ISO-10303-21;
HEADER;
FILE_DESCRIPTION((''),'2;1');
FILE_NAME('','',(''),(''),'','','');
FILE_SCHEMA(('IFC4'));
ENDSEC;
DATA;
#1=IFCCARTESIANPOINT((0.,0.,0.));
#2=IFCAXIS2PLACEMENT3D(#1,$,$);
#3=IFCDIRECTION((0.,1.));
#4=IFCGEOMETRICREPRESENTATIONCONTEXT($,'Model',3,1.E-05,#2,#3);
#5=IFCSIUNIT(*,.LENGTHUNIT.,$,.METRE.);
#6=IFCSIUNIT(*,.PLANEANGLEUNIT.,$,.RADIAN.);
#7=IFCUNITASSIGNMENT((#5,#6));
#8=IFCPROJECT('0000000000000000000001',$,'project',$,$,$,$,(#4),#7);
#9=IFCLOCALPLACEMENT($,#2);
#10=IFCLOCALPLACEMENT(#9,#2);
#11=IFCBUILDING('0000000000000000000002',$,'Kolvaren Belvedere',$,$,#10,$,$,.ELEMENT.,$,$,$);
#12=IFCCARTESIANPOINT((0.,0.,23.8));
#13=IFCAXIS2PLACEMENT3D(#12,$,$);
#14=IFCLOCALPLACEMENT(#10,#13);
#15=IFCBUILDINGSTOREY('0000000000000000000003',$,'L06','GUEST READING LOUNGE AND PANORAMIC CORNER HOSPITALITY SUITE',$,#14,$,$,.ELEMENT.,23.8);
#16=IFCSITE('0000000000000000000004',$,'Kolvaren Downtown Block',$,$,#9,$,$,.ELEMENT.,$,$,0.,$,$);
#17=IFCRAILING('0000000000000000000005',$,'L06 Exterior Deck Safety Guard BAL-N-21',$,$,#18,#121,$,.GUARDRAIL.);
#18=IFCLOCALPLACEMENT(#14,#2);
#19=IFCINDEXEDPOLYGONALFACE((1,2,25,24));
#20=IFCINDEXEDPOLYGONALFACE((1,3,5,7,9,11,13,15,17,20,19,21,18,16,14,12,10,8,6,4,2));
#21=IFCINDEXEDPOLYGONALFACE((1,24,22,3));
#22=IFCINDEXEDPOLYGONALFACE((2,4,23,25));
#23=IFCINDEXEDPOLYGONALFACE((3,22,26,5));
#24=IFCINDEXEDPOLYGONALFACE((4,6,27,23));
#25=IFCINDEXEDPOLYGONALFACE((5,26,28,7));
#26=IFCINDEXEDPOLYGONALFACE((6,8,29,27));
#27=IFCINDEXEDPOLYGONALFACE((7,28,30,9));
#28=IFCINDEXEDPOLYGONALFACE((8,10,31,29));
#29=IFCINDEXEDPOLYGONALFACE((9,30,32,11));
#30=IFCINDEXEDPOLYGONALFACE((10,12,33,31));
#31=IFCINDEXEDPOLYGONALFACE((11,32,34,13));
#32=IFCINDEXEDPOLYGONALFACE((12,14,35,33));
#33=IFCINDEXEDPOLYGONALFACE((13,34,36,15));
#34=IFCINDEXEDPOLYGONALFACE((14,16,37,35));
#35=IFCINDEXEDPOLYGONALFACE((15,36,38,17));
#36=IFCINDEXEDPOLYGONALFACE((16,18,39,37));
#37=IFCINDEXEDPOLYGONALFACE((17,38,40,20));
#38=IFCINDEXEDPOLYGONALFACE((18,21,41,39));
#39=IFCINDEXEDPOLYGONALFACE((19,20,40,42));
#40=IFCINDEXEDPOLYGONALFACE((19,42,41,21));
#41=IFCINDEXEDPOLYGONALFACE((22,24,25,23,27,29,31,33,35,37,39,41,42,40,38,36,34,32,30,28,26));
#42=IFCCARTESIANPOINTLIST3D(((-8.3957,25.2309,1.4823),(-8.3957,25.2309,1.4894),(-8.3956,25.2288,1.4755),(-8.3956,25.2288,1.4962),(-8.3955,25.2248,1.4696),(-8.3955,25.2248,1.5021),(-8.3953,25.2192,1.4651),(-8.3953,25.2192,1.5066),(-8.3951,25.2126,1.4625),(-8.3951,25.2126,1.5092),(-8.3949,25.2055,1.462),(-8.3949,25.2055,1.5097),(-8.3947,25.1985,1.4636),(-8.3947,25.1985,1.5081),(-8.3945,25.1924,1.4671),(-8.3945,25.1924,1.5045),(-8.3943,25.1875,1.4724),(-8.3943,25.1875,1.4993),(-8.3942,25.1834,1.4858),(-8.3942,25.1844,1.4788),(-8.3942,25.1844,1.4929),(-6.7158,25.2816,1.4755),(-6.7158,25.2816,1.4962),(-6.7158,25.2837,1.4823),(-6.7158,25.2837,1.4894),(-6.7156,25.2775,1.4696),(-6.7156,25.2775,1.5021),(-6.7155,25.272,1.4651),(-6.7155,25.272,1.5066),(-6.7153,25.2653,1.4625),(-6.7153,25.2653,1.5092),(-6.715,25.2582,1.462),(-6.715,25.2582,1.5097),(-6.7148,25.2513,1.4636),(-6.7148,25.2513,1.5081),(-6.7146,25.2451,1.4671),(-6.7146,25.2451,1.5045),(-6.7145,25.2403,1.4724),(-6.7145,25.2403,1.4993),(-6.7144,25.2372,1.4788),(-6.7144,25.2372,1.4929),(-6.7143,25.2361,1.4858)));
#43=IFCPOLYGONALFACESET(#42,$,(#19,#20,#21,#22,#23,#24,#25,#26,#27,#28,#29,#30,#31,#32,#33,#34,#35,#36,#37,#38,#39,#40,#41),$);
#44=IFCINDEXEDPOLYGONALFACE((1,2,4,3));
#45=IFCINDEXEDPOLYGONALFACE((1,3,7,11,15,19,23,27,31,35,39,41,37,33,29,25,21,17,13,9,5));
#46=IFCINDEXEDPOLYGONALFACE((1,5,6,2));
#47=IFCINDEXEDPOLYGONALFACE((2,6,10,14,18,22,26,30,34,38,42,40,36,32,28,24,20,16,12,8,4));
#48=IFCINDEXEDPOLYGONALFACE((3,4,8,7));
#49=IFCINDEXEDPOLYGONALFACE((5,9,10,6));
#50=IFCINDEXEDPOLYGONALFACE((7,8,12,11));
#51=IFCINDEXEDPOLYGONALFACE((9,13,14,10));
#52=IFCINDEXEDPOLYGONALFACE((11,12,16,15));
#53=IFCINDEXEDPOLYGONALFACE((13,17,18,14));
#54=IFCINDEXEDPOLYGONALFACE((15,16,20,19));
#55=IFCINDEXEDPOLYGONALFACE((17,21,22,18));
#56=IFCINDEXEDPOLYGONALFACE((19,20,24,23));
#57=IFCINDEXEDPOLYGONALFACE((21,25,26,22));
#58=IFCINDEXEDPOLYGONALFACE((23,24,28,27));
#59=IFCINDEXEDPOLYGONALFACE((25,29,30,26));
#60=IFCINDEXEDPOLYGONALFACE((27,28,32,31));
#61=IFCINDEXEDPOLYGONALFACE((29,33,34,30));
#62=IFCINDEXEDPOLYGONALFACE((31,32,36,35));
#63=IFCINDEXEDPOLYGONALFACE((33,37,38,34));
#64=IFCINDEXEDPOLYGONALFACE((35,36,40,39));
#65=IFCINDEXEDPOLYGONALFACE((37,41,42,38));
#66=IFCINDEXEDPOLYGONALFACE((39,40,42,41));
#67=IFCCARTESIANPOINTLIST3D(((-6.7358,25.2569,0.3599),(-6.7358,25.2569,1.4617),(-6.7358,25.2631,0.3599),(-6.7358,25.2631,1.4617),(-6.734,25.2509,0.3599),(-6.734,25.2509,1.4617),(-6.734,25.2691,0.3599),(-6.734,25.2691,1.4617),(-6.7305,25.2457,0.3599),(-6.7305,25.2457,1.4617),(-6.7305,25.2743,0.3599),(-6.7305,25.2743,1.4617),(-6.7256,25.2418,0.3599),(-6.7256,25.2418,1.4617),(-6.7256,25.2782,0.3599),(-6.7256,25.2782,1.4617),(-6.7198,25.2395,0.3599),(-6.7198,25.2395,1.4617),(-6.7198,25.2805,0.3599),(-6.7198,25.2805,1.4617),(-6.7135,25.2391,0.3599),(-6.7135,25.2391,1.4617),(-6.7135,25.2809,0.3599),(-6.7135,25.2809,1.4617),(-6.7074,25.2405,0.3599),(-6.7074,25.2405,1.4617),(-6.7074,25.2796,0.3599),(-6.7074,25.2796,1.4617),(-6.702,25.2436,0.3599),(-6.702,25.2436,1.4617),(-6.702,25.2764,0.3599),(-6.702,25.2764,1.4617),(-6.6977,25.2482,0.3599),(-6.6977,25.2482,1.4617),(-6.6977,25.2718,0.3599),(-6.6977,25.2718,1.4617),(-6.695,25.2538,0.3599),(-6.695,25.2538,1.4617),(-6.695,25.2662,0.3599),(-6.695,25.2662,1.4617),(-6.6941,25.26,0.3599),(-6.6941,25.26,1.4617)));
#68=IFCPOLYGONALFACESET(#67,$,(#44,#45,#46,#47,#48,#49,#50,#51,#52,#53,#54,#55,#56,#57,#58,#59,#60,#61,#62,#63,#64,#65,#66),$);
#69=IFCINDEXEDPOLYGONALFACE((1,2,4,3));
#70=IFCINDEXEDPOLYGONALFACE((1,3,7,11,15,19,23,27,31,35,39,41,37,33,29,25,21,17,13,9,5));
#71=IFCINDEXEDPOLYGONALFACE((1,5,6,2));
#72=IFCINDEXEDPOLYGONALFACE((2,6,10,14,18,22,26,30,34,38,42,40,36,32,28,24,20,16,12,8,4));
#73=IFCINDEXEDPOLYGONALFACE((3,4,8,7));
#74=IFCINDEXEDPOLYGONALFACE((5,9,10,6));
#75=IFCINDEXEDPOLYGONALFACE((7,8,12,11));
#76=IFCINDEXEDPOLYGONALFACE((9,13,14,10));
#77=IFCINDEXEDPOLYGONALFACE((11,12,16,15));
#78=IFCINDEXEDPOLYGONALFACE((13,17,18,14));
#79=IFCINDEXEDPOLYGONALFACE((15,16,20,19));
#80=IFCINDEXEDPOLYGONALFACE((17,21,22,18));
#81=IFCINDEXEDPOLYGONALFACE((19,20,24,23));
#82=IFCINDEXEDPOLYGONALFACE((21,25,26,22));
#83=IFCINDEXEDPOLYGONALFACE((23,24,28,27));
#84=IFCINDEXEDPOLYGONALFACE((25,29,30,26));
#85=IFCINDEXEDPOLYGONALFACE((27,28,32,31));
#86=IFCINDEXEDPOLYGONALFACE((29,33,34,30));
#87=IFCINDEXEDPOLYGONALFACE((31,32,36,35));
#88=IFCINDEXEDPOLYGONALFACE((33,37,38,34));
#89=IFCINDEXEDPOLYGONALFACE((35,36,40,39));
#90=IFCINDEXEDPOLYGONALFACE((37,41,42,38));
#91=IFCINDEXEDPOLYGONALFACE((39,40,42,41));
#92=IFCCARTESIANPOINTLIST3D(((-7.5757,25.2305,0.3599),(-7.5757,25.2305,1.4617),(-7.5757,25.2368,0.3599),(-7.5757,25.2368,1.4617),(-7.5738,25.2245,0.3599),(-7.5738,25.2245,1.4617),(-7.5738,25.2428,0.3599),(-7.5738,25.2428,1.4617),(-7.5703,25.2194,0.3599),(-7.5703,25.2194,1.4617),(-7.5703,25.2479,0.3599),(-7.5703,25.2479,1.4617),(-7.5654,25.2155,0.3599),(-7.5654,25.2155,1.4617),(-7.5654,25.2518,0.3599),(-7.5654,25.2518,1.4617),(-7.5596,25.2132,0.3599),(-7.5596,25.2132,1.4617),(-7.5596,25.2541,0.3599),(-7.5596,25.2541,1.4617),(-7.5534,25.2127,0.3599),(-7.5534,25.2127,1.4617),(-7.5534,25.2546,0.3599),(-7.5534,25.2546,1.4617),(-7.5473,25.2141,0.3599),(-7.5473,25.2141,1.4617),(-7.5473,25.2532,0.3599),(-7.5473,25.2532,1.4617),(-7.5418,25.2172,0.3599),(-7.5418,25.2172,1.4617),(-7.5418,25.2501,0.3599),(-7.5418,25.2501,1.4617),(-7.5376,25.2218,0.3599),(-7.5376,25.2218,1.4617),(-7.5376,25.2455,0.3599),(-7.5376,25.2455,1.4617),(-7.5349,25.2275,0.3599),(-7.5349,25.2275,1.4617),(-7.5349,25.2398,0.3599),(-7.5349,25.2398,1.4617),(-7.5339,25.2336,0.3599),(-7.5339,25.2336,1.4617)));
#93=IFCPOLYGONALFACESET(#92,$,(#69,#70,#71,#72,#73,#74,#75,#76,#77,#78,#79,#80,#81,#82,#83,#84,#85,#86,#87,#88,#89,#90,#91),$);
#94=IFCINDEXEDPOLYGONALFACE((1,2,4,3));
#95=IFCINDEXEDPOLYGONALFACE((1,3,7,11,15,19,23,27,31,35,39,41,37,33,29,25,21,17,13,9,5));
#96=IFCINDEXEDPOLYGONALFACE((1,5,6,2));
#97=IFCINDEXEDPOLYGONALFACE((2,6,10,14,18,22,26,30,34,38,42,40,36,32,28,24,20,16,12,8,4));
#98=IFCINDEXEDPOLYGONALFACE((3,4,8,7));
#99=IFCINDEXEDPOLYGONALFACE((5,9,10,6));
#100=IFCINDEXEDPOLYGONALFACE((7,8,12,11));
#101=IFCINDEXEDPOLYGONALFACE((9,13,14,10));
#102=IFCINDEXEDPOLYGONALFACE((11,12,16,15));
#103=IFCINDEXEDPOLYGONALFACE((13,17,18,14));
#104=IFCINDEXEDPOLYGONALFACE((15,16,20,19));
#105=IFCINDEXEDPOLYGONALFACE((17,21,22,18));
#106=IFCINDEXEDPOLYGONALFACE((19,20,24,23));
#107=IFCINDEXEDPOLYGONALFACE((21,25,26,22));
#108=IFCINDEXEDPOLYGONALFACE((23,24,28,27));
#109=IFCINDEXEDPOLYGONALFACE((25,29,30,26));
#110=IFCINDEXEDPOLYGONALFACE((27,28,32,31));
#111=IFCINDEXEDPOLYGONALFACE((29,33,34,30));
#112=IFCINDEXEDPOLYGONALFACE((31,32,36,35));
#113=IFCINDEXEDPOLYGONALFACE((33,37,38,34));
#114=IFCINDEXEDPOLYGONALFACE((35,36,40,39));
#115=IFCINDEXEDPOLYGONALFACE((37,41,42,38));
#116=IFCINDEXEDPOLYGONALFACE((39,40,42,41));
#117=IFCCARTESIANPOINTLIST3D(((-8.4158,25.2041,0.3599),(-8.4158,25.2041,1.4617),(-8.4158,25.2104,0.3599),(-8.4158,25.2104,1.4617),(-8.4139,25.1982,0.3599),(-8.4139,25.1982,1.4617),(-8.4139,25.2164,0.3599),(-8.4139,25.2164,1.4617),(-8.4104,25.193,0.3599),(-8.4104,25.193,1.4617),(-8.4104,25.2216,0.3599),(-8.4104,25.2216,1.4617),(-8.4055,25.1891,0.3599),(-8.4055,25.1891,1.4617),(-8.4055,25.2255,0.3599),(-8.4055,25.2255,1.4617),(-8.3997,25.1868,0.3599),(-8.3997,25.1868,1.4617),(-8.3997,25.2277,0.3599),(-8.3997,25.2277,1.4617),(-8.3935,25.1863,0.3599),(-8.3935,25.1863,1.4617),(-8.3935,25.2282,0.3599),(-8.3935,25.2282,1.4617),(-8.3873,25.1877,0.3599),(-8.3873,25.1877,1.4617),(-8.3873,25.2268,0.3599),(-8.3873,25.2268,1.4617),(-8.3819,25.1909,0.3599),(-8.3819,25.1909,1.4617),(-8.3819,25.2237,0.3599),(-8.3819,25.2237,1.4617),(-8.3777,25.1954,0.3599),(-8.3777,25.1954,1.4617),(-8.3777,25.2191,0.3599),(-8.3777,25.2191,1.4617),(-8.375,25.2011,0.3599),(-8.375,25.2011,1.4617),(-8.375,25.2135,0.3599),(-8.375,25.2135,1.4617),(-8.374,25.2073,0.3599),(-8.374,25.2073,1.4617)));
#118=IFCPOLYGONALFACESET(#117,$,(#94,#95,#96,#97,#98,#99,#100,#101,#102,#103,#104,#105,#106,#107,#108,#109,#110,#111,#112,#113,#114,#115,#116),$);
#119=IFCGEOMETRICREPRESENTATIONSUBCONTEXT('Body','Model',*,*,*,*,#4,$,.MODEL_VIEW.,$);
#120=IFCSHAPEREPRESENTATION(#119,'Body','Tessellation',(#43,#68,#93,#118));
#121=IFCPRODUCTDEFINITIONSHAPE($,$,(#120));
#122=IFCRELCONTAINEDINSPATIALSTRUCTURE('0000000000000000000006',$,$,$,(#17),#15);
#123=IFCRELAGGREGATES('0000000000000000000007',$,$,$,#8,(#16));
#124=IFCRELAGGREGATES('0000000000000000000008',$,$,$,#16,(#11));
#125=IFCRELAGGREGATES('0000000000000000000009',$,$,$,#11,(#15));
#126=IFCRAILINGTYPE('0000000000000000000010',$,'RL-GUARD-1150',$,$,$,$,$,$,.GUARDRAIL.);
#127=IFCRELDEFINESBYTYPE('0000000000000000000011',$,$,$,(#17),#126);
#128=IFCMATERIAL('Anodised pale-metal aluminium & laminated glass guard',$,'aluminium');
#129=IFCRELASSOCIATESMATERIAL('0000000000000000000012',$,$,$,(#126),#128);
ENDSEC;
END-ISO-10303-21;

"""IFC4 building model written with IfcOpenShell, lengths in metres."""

from ifc_helpers import new_model, si_unit, direction, frame, origin, origin_2d, place, context, subcontext, project, spatial, circle, extrude, material, type_object, element, save


model = new_model("IFC4")

# Units and contexts
model_context = context("Model", 3, precision=1e-05, world=origin(), true_north=direction((0.0, 1.0)))
body_context = subcontext(model_context, "Body", "Model", "MODEL_VIEW")
ifc_project = project(units=[si_unit("LENGTHUNIT", "METRE"), si_unit("PLANEANGLEUNIT", "RADIAN")], contexts=[model_context])

# Site, building, storey
site_placement = place(None, origin())
site = spatial("IfcSite", under=ifc_project, at=site_placement, Name="Kolvaren Downtown Block", CompositionType="ELEMENT", RefElevation=0.0)
building_placement = place(site_placement, origin())
building = spatial("IfcBuilding", under=site, at=building_placement, Name="Kolvaren Belvedere", CompositionType="ELEMENT")
storey_placement = place(building_placement, frame((0.0, 0.0, 23.8)))
storey = spatial("IfcBuildingStorey", under=building, at=storey_placement, Name="L06", Description="GUEST READING LOUNGE AND PANORAMIC CORNER HOSPITALITY SUITE", CompositionType="ELEMENT", Elevation=23.8)

# Railing
ifc_material_1 = material(Name="Anodised pale-metal aluminium & laminated glass guard", Category="aluminium")
railing_type = type_object("IfcRailingType", Name="RL-GUARD-1150", PredefinedType="GUARDRAIL", material=ifc_material_1)
railing_1_placement = place(storey_placement, frame((-6.7151, 25.26, 0.3599)))
element("IfcRailing", 1, at=railing_1_placement, inside=storey, type_object=railing_type, Name="L06 Exterior Deck Safety Guard BAL-N-21", PredefinedType="GUARDRAIL", context=body_context, shape_type="SweptSolid", body=[
    extrude(circle(Radius=0.0239, at=origin_2d()), frame((0.0, 0.0, 1.126), z_axis=(-0.999508, -0.031375, 0.0), x_axis=(0.031375, -0.999508, 0.0)), (0.0, 0.0, 1.0), 1.6807),
    extrude(circle(Radius=0.021, at=origin_2d()), origin(), (0.0, 0.0, 1.0), 1.1018),
    extrude(circle(Radius=0.021, at=origin_2d()), frame((-0.8398, -0.0264, 0.0)), (0.0, 0.0, 1.0), 1.1018),
    extrude(circle(Radius=0.021, at=origin_2d()), frame((-1.6799, -0.0527, 0.0)), (0.0, 0.0, 1.0), 1.1018),
])

save(model, "model.ifc")
